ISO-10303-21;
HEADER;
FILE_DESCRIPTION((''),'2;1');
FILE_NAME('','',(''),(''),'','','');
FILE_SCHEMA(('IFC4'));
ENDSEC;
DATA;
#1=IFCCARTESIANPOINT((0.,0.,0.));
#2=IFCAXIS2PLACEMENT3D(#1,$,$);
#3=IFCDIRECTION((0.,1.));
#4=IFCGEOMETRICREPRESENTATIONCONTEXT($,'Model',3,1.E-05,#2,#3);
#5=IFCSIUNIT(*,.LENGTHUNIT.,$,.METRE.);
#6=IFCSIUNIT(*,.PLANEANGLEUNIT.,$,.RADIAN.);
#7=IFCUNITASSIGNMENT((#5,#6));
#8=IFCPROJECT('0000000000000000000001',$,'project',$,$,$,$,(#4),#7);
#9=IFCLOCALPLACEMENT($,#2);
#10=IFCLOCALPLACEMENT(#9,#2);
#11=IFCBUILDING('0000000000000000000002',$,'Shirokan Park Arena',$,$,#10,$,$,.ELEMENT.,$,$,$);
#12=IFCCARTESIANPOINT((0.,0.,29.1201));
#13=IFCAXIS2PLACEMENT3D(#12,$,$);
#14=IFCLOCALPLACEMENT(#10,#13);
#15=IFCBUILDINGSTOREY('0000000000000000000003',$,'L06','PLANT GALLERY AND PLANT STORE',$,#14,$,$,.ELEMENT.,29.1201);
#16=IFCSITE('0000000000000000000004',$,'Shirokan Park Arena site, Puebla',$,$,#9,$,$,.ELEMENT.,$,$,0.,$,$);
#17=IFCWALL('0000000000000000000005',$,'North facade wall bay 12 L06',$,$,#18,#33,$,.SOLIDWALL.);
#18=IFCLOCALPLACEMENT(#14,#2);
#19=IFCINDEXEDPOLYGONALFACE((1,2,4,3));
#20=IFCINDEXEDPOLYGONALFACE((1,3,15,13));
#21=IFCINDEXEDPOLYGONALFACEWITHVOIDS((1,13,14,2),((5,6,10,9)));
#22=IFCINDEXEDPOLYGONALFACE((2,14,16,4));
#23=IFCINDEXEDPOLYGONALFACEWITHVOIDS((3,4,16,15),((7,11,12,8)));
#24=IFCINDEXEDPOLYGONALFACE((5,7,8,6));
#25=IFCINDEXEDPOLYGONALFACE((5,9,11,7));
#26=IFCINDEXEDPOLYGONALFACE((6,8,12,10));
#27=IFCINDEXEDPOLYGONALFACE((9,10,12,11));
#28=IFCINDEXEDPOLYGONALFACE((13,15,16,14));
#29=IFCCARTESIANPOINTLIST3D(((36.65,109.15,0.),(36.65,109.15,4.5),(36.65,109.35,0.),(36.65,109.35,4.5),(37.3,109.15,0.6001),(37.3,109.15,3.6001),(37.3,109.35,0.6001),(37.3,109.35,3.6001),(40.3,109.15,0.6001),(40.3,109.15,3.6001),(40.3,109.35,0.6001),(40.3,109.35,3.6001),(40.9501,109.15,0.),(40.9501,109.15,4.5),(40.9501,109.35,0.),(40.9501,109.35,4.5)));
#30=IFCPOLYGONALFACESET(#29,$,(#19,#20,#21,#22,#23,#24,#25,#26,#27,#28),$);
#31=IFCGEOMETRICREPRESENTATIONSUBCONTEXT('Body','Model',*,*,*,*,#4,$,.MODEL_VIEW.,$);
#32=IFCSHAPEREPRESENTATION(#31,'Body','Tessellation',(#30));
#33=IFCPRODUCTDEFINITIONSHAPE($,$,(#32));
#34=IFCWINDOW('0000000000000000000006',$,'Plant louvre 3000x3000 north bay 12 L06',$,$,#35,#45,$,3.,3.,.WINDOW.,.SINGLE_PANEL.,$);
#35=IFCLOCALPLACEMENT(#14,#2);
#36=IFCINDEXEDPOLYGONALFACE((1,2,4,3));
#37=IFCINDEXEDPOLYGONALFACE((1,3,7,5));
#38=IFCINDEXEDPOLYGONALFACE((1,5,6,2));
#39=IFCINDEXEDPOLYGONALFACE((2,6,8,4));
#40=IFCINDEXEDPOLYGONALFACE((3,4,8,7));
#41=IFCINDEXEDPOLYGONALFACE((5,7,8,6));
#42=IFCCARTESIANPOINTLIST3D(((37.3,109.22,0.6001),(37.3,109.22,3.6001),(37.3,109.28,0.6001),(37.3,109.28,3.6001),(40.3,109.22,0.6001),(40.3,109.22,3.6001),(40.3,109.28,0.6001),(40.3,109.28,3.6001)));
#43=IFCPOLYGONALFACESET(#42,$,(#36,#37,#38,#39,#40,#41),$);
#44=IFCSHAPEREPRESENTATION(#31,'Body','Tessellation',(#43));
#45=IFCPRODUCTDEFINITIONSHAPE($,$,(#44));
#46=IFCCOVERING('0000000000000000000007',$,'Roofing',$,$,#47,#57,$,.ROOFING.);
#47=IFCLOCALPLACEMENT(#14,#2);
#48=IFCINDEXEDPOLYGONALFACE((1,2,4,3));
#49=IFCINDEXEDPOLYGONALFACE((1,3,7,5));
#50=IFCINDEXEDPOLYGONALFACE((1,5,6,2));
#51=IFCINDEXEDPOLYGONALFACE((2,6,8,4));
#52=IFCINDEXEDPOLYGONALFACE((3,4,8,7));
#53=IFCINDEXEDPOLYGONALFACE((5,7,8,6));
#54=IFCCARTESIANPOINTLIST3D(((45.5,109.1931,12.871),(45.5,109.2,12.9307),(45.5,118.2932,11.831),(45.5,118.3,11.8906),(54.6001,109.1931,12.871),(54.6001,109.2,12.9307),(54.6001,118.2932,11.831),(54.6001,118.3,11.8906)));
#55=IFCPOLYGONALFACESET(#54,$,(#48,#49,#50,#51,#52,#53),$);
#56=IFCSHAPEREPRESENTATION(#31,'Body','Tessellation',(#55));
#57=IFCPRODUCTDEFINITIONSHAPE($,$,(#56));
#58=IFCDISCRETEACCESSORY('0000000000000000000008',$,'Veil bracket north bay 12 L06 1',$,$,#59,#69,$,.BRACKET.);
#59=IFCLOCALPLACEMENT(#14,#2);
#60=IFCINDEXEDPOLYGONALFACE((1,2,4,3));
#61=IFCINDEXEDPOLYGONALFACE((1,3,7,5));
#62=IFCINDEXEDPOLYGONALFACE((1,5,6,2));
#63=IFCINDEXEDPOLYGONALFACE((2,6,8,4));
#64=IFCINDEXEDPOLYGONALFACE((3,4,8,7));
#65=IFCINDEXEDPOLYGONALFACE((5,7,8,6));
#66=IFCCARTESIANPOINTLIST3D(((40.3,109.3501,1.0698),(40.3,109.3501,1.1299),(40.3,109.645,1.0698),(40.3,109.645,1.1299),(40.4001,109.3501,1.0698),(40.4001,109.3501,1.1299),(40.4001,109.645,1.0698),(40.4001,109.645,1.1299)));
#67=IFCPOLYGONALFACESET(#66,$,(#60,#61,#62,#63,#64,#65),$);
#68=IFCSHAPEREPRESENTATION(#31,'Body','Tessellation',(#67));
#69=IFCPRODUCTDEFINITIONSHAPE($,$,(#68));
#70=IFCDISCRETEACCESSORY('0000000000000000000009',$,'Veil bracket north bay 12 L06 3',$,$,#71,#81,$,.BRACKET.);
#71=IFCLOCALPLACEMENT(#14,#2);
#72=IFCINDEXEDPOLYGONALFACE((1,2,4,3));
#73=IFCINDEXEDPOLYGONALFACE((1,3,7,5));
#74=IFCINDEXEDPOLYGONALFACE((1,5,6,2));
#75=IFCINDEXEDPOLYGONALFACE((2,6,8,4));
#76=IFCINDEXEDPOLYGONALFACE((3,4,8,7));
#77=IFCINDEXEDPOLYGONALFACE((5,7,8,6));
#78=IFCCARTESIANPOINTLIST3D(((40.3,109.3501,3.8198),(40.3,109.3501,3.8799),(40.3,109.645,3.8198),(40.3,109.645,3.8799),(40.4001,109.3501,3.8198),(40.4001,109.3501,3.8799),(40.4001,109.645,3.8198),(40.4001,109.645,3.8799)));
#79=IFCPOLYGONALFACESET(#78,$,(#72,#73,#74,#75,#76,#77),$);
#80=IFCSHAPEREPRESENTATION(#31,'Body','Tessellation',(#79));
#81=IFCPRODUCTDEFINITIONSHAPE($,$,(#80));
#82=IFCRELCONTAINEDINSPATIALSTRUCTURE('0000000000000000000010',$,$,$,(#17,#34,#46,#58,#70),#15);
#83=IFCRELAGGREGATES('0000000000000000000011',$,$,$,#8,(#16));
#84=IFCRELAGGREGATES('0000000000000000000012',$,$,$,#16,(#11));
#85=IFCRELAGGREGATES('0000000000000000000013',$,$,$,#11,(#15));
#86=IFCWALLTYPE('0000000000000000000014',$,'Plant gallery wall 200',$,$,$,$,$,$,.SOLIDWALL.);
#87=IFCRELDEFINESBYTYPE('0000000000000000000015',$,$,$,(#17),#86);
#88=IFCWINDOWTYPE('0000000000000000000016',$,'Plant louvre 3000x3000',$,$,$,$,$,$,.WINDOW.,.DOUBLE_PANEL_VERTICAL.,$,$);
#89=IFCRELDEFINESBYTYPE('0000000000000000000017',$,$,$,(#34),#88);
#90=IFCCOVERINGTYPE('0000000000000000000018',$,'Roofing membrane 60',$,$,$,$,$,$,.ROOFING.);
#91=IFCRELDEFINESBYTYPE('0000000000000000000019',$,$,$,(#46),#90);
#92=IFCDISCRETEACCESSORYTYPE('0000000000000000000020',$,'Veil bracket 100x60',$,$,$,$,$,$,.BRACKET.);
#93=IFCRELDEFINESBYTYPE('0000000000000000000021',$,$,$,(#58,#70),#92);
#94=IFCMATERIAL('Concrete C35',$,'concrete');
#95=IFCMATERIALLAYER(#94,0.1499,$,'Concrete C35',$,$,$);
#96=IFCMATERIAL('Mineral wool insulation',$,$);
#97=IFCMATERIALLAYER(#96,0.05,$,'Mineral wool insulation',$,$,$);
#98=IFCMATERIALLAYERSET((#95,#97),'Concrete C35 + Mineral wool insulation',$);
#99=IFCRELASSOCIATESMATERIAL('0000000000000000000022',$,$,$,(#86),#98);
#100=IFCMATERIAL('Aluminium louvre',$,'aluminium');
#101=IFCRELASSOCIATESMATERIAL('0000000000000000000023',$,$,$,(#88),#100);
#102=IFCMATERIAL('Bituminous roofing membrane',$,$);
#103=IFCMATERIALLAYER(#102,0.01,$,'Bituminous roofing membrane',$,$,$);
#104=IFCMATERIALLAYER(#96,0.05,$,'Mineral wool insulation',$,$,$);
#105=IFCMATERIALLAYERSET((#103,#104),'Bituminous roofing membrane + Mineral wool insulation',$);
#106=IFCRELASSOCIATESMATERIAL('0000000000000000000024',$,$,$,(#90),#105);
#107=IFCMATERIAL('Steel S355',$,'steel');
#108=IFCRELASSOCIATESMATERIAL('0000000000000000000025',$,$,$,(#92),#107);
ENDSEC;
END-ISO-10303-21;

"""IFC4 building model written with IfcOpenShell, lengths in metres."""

from ifc_helpers import new_model, si_unit, direction, frame, frame_2d, origin, origin_2d, place, context, subcontext, project, spatial, polyline, rectangle, outline, extrude, material, layer, layer_set, type_object, element, fill, save


model = new_model("IFC4")

# Units and contexts
model_context = context("Model", 3, precision=1e-05, world=origin(), true_north=direction((0.0, 1.0)))
body_context = subcontext(model_context, "Body", "Model", "MODEL_VIEW")
ifc_project = project(units=[si_unit("LENGTHUNIT", "METRE"), si_unit("PLANEANGLEUNIT", "RADIAN")], contexts=[model_context])

# Site, building, storey
site_placement = place(None, origin())
site = spatial("IfcSite", under=ifc_project, at=site_placement, Name="Shirokan Park Arena site, Puebla", CompositionType="ELEMENT", RefElevation=0.0)
building_placement = place(site_placement, origin())
building = spatial("IfcBuilding", under=site, at=building_placement, Name="Shirokan Park Arena", CompositionType="ELEMENT")
storey_placement = place(building_placement, frame((0.0, 0.0, 29.1201)))
storey = spatial("IfcBuildingStorey", under=building, at=storey_placement, Name="L06", Description="PLANT GALLERY AND PLANT STORE", CompositionType="ELEMENT", Elevation=29.1201)

# Shared definitions
ifc_material_1 = material(Name="Concrete C35", Category="concrete")

# Wall, opening, window
ifc_layer_1 = layer(ifc_material_1, 0.1499, Name="Concrete C35")
ifc_material_2 = material(Name="Mineral wool insulation")
ifc_layer_2 = layer(ifc_material_2, 0.05, Name="Mineral wool insulation")
ifc_layer_set_1 = layer_set([ifc_layer_1, ifc_layer_2], Name="Concrete C35 + Mineral wool insulation")
wall_type = type_object("IfcWallType", Name="Plant gallery wall 200", PredefinedType="SOLIDWALL", material=ifc_layer_set_1)
wall_placement = place(storey_placement, frame((40.95, 109.25, 0.0), z_axis=(0.0, 0.0, 1.0), x_axis=(-1.0, 0.0, 0.0)))
wall = element("IfcWall", 1, at=wall_placement, inside=storey, type_object=wall_type, Name="North facade wall bay 12 L06", PredefinedType="SOLIDWALL", context=body_context, shape_type="SweptSolid", body=[
    extrude(rectangle(XDim=4.3, YDim=0.2, at=frame_2d((2.1499, 0.0))), origin(), (0.0, 0.0, 1.0), 4.5),
])
opening_placement = place(wall_placement, frame((0.6499, 0.0, 0.6001)))
opening = element("IfcOpeningElement", 2, at=opening_placement, cuts=wall, PredefinedType="OPENING", context=body_context, shape_type="SweptSolid", body=[
    extrude(rectangle(XDim=3.0, YDim=3.0, at=frame_2d((1.5, 1.5))), frame((0.0, 0.1099, 0.0), z_axis=(0.0, -1.0, 0.0), x_axis=(1.0, 0.0, 0.0)), (0.0, 0.0, 1.0), 0.22),
])
ifc_material_3 = material(Name="Aluminium louvre", Category="aluminium")
window_type = type_object("IfcWindowType", Name="Plant louvre 3000x3000", PartitioningType="DOUBLE_PANEL_VERTICAL", PredefinedType="WINDOW", material=ifc_material_3)
window_placement = place(opening_placement, origin())
window = element("IfcWindow", 3, at=window_placement, inside=storey, type_object=window_type, Name="Plant louvre 3000x3000 north bay 12 L06", OverallHeight=3.0, OverallWidth=3.0, PartitioningType="SINGLE_PANEL", PredefinedType="WINDOW", context=body_context, shape_type="SweptSolid", body=[
    extrude(rectangle(XDim=3.0, YDim=3.0, at=frame_2d((1.5, 1.5))), frame((0.0, 0.03, 0.0), z_axis=(0.0, -1.0, 0.0), x_axis=(1.0, 0.0, 0.0)), (0.0, 0.0, 1.0), 0.0601),
])
fill(opening, window)

# Covering
ifc_material_4 = material(Name="Bituminous roofing membrane")
ifc_layer_3 = layer(ifc_material_4, 0.01, Name="Bituminous roofing membrane")
ifc_layer_4 = layer(ifc_material_2, 0.05, Name="Mineral wool insulation")
ifc_layer_set_2 = layer_set([ifc_layer_3, ifc_layer_4], Name="Bituminous roofing membrane + Mineral wool insulation")
covering_type = type_object("IfcCoveringType", Name="Roofing membrane 60", PredefinedType="ROOFING", material=ifc_layer_set_2)
covering_placement = place(storey_placement, frame((45.5, 109.2, 12.9307), z_axis=(0.0, 0.11355, 0.993532), x_axis=(1.0, 0.0, 0.0)))
element("IfcCovering", 4, at=covering_placement, inside=storey, type_object=covering_type, Name="Roofing", PredefinedType="ROOFING", context=body_context, shape_type="SweptSolid", body=[
    extrude(outline(polyline([(0.0, 0.0), (9.1001, 0.0), (9.1001, 9.1593), (0.0, 9.1593), (0.0, 0.0)])), origin(), (0.0, 0.0, -1.0), 0.0601),
])

# Discrete accessories
ifc_material_5 = material(Name="Steel S355", Category="steel")
discrete_accessory_type = type_object("IfcDiscreteAccessoryType", Name="Veil bracket 100x60", PredefinedType="BRACKET", material=ifc_material_5)
for number, where, z_axis, x_axis, name in (
    (5, (40.3501, 109.4976, 1.0698), (0.0, 0.0, 1.0), (-1.0, 0.0, 0.0), "Veil bracket north bay 12 L06 1"),
    (6, (40.3501, 109.4976, 3.8198), (0.0, 0.0, 1.0), (-1.0, 0.0, 0.0), "Veil bracket north bay 12 L06 3"),
):
    element("IfcDiscreteAccessory", number, at=place(storey_placement, frame(where, z_axis=z_axis, x_axis=x_axis)), inside=storey, type_object=discrete_accessory_type, Name=name, PredefinedType="BRACKET", context=body_context, shape_type="SweptSolid", body=[
        extrude(rectangle(XDim=0.1001, YDim=0.2949, at=origin_2d()), origin(), (0.0, 0.0, 1.0), 0.0601),
    ])

save(model, "model.ifc")
